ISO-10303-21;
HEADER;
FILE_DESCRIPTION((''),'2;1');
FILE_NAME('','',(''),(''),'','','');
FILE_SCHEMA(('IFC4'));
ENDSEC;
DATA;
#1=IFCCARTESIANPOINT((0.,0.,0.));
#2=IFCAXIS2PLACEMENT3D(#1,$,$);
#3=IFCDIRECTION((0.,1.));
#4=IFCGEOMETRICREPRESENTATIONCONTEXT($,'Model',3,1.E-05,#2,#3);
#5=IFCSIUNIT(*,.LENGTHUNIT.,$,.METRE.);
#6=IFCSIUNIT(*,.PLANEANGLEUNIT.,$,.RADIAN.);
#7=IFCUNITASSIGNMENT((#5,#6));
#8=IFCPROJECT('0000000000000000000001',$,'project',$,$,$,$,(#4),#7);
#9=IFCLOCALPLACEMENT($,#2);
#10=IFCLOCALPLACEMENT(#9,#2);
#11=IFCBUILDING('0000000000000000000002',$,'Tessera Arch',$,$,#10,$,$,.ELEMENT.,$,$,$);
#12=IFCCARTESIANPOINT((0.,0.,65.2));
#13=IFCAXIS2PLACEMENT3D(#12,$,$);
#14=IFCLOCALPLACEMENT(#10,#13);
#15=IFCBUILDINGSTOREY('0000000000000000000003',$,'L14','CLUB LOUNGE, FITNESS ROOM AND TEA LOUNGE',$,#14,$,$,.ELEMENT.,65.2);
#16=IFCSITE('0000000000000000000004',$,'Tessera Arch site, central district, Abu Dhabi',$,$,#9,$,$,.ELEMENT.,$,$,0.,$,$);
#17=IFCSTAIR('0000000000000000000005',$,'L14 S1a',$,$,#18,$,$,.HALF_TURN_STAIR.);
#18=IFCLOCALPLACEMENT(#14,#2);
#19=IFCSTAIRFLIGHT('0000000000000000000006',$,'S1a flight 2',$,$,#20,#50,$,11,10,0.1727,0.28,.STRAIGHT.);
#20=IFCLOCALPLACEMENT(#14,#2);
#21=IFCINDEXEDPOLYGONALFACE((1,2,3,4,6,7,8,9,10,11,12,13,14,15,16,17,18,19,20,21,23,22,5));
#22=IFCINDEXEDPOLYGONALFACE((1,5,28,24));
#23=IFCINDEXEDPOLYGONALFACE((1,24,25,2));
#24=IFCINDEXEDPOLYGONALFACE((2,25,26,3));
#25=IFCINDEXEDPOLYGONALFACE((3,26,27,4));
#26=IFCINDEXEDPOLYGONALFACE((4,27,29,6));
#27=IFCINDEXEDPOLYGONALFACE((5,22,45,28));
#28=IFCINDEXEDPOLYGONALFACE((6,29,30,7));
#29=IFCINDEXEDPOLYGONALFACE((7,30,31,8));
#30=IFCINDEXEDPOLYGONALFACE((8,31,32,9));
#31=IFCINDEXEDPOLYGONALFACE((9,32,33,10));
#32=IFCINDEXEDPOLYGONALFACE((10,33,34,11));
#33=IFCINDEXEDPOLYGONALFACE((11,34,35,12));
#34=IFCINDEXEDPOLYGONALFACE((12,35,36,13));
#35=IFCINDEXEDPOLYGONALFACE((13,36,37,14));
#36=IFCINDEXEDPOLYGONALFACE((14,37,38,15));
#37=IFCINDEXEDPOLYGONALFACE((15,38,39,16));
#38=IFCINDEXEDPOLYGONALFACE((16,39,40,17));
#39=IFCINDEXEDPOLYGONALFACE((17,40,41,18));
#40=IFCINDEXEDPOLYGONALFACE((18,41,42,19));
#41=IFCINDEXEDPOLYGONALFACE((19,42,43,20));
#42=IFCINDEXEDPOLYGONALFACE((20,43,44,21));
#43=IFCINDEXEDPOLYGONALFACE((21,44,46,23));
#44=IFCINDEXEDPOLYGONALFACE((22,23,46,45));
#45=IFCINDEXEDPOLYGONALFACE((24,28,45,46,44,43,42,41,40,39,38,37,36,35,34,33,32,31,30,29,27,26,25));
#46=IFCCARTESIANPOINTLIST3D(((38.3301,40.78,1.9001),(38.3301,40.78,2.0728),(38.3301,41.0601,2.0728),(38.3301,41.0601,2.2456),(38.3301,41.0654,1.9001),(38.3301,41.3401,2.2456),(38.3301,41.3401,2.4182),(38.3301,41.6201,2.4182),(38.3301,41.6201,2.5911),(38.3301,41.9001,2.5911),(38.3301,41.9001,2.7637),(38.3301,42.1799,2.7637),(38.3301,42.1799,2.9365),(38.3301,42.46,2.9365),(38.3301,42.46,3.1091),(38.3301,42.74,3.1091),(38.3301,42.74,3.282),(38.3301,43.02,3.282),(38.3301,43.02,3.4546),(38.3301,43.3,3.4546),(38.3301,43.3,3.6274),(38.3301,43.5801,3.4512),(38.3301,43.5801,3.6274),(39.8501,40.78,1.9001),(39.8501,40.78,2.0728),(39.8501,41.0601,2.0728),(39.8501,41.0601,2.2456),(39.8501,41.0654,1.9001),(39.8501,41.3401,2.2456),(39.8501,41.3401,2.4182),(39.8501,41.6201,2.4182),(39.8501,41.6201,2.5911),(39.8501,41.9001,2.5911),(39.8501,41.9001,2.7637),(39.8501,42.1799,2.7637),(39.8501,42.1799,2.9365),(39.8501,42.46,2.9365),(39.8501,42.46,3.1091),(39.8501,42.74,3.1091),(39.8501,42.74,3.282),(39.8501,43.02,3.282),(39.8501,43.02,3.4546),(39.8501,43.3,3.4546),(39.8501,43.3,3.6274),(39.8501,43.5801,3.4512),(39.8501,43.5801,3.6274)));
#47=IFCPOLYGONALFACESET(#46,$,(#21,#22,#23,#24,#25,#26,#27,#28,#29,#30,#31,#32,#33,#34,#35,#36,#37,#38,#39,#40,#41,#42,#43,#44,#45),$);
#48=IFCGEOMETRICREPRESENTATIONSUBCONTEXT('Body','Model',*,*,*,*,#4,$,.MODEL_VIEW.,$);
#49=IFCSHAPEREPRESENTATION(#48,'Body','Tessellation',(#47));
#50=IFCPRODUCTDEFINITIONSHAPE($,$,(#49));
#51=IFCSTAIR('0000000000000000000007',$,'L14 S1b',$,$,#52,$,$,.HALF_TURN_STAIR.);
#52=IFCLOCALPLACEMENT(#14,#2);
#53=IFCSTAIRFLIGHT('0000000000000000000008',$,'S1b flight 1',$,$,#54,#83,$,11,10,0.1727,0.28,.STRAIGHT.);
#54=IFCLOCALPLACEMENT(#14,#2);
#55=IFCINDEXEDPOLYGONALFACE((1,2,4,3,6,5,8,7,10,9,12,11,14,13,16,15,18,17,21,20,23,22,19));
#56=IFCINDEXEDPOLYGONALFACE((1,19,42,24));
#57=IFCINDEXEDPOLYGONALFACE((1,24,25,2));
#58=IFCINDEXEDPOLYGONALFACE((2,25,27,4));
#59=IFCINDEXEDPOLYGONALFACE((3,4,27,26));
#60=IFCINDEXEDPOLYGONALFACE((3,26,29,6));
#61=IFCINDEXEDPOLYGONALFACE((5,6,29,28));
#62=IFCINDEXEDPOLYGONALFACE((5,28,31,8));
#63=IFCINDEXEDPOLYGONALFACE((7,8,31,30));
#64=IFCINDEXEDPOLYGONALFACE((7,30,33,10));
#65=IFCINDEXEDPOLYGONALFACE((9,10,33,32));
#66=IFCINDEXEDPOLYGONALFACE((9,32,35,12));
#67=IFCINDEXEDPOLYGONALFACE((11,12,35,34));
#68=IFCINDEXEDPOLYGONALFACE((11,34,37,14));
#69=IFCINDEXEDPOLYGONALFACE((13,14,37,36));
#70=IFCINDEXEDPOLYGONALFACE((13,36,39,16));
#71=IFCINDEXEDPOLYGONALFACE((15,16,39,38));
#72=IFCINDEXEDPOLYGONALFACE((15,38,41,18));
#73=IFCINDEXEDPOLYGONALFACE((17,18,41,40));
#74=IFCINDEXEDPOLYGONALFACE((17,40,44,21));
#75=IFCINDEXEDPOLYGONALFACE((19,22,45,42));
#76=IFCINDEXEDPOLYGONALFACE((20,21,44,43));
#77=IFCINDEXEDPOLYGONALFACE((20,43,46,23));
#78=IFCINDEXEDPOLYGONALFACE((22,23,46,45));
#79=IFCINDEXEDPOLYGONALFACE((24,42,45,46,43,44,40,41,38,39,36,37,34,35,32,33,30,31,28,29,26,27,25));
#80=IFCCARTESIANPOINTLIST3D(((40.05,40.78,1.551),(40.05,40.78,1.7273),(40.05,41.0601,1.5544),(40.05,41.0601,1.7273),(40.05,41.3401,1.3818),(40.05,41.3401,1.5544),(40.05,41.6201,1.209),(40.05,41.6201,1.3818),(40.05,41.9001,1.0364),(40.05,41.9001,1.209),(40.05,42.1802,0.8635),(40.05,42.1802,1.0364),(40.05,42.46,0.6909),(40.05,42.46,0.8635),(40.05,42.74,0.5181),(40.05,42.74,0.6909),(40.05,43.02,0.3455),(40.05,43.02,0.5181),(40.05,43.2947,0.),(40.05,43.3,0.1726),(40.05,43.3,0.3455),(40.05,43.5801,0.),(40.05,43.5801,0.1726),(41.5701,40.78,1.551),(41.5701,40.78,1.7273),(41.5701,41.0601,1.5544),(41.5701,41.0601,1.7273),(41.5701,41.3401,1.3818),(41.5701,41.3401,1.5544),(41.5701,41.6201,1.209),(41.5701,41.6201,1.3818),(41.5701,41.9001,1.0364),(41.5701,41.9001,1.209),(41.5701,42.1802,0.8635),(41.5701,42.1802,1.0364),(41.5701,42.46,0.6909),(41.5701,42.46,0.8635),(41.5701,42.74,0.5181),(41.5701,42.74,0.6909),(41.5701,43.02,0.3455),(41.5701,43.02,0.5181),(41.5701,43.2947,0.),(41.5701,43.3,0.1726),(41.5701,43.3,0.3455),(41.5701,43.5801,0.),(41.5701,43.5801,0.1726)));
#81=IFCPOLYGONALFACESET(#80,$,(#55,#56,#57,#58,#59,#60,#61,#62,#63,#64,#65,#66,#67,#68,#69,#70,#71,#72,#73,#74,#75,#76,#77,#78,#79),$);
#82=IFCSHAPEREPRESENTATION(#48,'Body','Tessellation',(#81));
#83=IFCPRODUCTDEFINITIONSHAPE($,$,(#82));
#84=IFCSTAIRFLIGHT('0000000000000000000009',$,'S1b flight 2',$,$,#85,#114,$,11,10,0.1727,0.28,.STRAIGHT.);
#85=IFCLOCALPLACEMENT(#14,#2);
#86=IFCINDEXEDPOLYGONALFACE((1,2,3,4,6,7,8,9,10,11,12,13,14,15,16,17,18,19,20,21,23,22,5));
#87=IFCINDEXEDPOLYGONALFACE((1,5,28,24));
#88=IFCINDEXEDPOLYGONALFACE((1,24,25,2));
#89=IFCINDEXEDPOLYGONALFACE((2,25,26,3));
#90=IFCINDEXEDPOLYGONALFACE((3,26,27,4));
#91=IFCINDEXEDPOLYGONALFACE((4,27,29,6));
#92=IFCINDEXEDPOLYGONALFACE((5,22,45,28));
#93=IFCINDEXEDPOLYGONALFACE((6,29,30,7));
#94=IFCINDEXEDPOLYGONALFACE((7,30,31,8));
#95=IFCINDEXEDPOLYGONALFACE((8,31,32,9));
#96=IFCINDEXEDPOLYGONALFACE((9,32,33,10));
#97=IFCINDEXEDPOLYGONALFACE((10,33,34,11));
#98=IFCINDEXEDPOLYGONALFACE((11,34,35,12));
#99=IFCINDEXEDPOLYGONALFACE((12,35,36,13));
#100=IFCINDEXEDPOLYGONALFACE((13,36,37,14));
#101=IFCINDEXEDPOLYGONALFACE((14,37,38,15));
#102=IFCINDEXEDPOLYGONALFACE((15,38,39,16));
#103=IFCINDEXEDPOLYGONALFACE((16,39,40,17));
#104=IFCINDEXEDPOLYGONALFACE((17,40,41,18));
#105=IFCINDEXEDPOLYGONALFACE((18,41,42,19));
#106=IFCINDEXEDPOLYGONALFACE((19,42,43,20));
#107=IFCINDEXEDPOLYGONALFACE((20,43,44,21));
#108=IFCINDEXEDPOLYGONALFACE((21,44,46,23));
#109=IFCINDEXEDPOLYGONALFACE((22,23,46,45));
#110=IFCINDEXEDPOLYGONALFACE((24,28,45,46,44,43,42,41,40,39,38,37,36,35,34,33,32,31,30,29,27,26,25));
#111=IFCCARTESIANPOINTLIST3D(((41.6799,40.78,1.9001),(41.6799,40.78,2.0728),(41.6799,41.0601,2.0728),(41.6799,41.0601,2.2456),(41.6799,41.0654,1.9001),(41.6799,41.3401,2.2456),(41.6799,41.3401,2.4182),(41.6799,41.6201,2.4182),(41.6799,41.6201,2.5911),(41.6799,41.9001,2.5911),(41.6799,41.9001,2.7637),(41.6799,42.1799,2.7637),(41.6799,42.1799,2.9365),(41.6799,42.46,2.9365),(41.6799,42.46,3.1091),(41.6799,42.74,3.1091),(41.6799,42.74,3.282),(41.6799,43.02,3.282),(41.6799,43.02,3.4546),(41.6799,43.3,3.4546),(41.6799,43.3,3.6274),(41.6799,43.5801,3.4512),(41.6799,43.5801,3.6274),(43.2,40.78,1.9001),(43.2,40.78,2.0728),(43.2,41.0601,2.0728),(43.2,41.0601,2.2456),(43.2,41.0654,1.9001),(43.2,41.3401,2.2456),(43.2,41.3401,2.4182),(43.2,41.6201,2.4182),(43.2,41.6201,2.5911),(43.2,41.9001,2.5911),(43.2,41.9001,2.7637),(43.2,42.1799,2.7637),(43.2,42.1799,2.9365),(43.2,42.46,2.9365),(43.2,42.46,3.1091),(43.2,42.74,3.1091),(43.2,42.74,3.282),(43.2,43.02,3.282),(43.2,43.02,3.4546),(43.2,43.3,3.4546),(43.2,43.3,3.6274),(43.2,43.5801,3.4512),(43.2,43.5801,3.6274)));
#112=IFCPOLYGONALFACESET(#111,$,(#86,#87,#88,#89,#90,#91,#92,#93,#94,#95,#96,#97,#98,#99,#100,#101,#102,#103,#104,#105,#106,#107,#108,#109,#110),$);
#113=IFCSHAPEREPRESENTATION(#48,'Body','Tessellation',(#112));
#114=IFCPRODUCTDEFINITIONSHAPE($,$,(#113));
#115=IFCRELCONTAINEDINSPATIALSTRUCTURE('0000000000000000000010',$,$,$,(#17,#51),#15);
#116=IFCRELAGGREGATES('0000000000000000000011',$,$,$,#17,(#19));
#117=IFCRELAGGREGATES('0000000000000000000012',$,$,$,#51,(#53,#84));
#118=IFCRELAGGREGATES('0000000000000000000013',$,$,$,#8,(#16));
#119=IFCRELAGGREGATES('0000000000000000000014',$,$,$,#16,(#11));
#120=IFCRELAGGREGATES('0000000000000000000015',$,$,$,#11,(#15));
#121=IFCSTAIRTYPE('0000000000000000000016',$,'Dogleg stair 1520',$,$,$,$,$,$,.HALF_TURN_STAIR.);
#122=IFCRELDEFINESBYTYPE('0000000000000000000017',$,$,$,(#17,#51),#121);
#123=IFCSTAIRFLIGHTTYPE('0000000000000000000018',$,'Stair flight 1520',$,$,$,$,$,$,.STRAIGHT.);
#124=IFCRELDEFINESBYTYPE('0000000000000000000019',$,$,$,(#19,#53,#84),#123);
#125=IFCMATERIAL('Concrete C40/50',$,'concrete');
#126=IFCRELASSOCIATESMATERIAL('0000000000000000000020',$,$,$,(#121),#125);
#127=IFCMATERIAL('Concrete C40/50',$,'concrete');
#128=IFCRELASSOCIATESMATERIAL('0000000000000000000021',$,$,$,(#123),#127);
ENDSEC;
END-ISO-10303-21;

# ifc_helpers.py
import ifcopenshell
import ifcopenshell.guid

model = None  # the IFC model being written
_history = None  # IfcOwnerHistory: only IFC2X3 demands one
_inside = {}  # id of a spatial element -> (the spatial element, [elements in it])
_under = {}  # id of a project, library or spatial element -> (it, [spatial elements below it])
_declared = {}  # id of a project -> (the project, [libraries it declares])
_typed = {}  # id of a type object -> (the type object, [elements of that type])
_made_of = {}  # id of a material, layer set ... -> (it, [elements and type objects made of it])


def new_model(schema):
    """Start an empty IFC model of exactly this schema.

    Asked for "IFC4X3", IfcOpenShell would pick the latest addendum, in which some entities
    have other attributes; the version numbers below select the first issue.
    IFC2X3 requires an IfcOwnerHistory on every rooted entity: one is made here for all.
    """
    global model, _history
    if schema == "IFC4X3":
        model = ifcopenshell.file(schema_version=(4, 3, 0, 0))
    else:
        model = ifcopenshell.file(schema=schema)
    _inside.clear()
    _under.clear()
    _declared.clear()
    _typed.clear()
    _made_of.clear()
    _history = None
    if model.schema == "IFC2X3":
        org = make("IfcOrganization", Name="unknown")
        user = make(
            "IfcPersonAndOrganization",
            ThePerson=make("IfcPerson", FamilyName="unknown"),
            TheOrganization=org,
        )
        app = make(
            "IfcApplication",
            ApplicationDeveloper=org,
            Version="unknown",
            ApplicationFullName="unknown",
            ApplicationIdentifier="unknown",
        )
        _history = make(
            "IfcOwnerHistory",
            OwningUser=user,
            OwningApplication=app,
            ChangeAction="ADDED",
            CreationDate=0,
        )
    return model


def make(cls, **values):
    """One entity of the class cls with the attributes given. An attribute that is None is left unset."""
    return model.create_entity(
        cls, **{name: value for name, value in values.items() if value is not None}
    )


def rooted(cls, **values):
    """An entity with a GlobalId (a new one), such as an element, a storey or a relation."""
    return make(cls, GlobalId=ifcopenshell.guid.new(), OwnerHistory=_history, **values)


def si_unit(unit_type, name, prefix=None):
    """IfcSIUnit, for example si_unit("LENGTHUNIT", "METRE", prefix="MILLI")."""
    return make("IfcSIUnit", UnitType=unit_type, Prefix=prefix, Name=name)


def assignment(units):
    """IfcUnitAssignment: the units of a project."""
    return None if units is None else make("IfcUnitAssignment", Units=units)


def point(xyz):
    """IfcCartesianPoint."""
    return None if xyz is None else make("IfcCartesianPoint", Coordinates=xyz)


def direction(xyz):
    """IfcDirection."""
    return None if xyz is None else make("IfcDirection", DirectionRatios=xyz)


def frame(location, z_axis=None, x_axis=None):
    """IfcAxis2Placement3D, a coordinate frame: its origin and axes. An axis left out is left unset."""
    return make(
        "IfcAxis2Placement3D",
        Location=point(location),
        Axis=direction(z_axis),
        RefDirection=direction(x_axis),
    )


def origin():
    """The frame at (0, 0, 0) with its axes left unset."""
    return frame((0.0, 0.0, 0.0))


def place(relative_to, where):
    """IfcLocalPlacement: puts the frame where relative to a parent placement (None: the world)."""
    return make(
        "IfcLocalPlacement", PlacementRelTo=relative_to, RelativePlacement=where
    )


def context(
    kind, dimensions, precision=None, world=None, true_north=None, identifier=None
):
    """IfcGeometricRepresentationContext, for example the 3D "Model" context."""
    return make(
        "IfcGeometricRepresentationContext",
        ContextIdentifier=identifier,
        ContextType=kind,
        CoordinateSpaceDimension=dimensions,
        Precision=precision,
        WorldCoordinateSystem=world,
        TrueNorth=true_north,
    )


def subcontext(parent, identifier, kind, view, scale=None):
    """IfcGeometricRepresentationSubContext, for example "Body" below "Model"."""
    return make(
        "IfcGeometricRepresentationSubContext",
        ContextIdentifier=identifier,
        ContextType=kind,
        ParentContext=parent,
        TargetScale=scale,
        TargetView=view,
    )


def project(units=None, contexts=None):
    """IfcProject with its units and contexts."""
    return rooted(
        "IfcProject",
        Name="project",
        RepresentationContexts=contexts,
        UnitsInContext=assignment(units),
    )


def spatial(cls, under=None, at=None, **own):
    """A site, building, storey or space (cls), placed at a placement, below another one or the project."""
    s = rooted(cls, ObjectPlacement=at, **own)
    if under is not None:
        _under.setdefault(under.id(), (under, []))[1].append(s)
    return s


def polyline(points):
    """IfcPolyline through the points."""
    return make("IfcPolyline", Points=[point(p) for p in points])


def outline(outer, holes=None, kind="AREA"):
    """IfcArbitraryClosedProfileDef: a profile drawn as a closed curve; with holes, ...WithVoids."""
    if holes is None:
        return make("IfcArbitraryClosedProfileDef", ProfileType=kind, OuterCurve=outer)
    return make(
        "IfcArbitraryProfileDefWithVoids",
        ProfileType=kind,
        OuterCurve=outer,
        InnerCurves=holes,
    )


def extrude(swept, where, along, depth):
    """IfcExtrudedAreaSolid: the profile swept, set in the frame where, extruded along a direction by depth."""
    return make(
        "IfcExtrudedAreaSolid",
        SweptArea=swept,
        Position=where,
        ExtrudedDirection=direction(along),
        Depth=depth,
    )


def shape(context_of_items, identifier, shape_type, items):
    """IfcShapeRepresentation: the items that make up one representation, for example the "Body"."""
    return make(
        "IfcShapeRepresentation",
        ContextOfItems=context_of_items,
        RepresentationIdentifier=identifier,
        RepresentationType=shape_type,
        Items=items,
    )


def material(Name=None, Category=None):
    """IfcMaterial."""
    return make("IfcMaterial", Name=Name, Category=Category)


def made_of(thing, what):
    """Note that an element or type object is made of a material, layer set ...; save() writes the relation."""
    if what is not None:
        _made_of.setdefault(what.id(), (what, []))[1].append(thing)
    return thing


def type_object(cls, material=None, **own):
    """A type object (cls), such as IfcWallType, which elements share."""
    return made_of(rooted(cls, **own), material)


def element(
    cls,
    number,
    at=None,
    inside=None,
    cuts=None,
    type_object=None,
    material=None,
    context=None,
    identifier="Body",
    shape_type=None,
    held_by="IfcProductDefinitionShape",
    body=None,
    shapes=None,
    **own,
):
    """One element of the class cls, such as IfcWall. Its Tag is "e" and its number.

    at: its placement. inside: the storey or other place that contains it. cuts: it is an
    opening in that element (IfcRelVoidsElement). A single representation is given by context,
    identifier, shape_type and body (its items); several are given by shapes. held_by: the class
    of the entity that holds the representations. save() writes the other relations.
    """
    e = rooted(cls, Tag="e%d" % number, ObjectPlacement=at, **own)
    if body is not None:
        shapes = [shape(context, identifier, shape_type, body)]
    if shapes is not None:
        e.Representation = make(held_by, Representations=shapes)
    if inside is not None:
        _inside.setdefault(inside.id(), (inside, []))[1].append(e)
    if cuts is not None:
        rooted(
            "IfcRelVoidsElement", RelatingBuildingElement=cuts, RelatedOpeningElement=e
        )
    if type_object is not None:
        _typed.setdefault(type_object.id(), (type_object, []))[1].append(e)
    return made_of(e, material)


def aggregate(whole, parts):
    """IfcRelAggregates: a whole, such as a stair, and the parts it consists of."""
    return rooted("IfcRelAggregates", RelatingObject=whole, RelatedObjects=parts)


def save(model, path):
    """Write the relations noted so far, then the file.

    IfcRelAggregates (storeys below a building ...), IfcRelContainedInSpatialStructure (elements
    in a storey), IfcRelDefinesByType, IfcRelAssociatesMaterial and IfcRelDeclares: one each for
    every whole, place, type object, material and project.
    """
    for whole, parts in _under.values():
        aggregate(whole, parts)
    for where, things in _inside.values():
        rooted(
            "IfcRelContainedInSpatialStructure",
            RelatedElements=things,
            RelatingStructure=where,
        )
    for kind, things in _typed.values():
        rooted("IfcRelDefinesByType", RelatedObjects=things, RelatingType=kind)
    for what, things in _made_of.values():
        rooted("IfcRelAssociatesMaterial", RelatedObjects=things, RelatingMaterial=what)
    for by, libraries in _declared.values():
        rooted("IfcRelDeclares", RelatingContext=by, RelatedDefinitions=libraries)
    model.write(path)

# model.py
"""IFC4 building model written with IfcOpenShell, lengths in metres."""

from ifc_helpers import new_model, si_unit, direction, frame, origin, place, context, subcontext, project, spatial, polyline, outline, extrude, material, type_object, element, aggregate, save


model = new_model("IFC4")

# Units and contexts
model_context = context("Model", 3, precision=1e-05, world=origin(), true_north=direction((0.0, 1.0)))
body_context = subcontext(model_context, "Body", "Model", "MODEL_VIEW")
ifc_project = project(units=[si_unit("LENGTHUNIT", "METRE"), si_unit("PLANEANGLEUNIT", "RADIAN")], contexts=[model_context])

# Site, building, storey
site_placement = place(None, origin())
site = spatial("IfcSite", under=ifc_project, at=site_placement, Name="Tessera Arch site, central district, Abu Dhabi", CompositionType="ELEMENT", RefElevation=0.0)
building_placement = place(site_placement, origin())
building = spatial("IfcBuilding", under=site, at=building_placement, Name="Tessera Arch", CompositionType="ELEMENT")
storey_placement = place(building_placement, frame((0.0, 0.0, 65.2)))
storey = spatial("IfcBuildingStorey", under=building, at=storey_placement, Name="L14", Description="CLUB LOUNGE, FITNESS ROOM AND TEA LOUNGE", CompositionType="ELEMENT", Elevation=65.2)

# Stairs, stair flights
ifc_material_1 = material(Name="Concrete C40/50", Category="concrete")
stair_type = type_object("IfcStairType", Name="Dogleg stair 1520", PredefinedType="HALF_TURN_STAIR", material=ifc_material_1)
stair_1_placement = place(storey_placement, origin())
stair_1 = element("IfcStair", 1, at=stair_1_placement, inside=storey, type_object=stair_type, Name="L14 S1a", PredefinedType="HALF_TURN_STAIR")
ifc_material_2 = material(Name="Concrete C40/50", Category="concrete")
stair_flight_type = type_object("IfcStairFlightType", Name="Stair flight 1520", PredefinedType="STRAIGHT", material=ifc_material_2)
stair_flight_1_placement = place(storey_placement, frame((39.0901, 40.78, 1.9001), z_axis=(0.0, 0.0, 1.0), x_axis=(0.0, 1.0, 0.0)))
stair_flight_1 = element("IfcStairFlight", 2, at=stair_flight_1_placement, type_object=stair_flight_type, Name="S1a flight 2", NumberOfRisers=11, NumberOfTreads=10, PredefinedType="STRAIGHT", RiserHeight=0.1727, TreadLength=0.28, context=body_context, shape_type="SweptSolid", body=[
    extrude(outline(polyline([(0.0, 0.0), (0.0, 0.1726), (0.28, 0.1726), (0.28, 0.3455), (0.5601, 0.3455), (0.5601, 0.5181), (0.8401, 0.5181), (0.8401, 0.6909), (1.1201, 0.6909), (1.1201, 0.8635), (1.3999, 0.8635), (1.3999, 1.0364), (1.6799, 1.0364), (1.6799, 1.209), (1.96, 1.209), (1.96, 1.3818), (2.24, 1.3818), (2.24, 1.5544), (2.52, 1.5544), (2.52, 1.7273), (2.8, 1.7273), (2.8, 1.8999), (2.8, 1.551), (0.2854, 0.0), (0.0, 0.0)])), frame((0.0, 0.76, 0.0), z_axis=(0.0, -1.0, 0.0), x_axis=(1.0, 0.0, 0.0)), (0.0, 0.0, 1.0), 1.52),
])
aggregate(stair_1, [stair_flight_1])
stair_2_placement = place(storey_placement, origin())
stair_2 = element("IfcStair", 3, at=stair_2_placement, inside=storey, type_object=stair_type, Name="L14 S1b", PredefinedType="HALF_TURN_STAIR")
stair_flight_2_placement = place(storey_placement, frame((40.8101, 43.5801, 0.0), z_axis=(0.0, 0.0, 1.0), x_axis=(0.0, -1.0, 0.0)))
stair_flight_2 = element("IfcStairFlight", 4, at=stair_flight_2_placement, type_object=stair_flight_type, Name="S1b flight 1", NumberOfRisers=11, NumberOfTreads=10, PredefinedType="STRAIGHT", RiserHeight=0.1727, TreadLength=0.28, context=body_context, shape_type="SweptSolid", body=[
    extrude(outline(polyline([(0.0, 0.0), (0.0, 0.1726), (0.28, 0.1726), (0.28, 0.3455), (0.5601, 0.3455), (0.5601, 0.5181), (0.8401, 0.5181), (0.8401, 0.6909), (1.1201, 0.6909), (1.1201, 0.8635), (1.3999, 0.8635), (1.3999, 1.0364), (1.6799, 1.0364), (1.6799, 1.209), (1.96, 1.209), (1.96, 1.3818), (2.24, 1.3818), (2.24, 1.5544), (2.52, 1.5544), (2.52, 1.7273), (2.8, 1.7273), (2.8, 1.8999), (2.8, 1.551), (0.2854, 0.0), (0.0, 0.0)])), frame((0.0, 0.76, 0.0), z_axis=(0.0, -1.0, 0.0), x_axis=(1.0, 0.0, 0.0)), (0.0, 0.0, 1.0), 1.52),
])
stair_flight_3_placement = place(storey_placement, frame((42.4399, 40.78, 1.9001), z_axis=(0.0, 0.0, 1.0), x_axis=(0.0, 1.0, 0.0)))
stair_flight_3 = element("IfcStairFlight", 5, at=stair_flight_3_placement, type_object=stair_flight_type, Name="S1b flight 2", NumberOfRisers=11, NumberOfTreads=10, PredefinedType="STRAIGHT", RiserHeight=0.1727, TreadLength=0.28, context=body_context, shape_type="SweptSolid", body=[
    extrude(outline(polyline([(0.0, 0.0), (0.0, 0.1726), (0.28, 0.1726), (0.28, 0.3455), (0.5601, 0.3455), (0.5601, 0.5181), (0.8401, 0.5181), (0.8401, 0.6909), (1.1201, 0.6909), (1.1201, 0.8635), (1.3999, 0.8635), (1.3999, 1.0364), (1.6799, 1.0364), (1.6799, 1.209), (1.96, 1.209), (1.96, 1.3818), (2.24, 1.3818), (2.24, 1.5544), (2.52, 1.5544), (2.52, 1.7273), (2.8, 1.7273), (2.8, 1.8999), (2.8, 1.551), (0.2854, 0.0), (0.0, 0.0)])), frame((0.0, 0.76, 0.0), z_axis=(0.0, -1.0, 0.0), x_axis=(1.0, 0.0, 0.0)), (0.0, 0.0, 1.0), 1.52),
])
aggregate(stair_2, [stair_flight_2, stair_flight_3])

save(model, "model.ifc")
